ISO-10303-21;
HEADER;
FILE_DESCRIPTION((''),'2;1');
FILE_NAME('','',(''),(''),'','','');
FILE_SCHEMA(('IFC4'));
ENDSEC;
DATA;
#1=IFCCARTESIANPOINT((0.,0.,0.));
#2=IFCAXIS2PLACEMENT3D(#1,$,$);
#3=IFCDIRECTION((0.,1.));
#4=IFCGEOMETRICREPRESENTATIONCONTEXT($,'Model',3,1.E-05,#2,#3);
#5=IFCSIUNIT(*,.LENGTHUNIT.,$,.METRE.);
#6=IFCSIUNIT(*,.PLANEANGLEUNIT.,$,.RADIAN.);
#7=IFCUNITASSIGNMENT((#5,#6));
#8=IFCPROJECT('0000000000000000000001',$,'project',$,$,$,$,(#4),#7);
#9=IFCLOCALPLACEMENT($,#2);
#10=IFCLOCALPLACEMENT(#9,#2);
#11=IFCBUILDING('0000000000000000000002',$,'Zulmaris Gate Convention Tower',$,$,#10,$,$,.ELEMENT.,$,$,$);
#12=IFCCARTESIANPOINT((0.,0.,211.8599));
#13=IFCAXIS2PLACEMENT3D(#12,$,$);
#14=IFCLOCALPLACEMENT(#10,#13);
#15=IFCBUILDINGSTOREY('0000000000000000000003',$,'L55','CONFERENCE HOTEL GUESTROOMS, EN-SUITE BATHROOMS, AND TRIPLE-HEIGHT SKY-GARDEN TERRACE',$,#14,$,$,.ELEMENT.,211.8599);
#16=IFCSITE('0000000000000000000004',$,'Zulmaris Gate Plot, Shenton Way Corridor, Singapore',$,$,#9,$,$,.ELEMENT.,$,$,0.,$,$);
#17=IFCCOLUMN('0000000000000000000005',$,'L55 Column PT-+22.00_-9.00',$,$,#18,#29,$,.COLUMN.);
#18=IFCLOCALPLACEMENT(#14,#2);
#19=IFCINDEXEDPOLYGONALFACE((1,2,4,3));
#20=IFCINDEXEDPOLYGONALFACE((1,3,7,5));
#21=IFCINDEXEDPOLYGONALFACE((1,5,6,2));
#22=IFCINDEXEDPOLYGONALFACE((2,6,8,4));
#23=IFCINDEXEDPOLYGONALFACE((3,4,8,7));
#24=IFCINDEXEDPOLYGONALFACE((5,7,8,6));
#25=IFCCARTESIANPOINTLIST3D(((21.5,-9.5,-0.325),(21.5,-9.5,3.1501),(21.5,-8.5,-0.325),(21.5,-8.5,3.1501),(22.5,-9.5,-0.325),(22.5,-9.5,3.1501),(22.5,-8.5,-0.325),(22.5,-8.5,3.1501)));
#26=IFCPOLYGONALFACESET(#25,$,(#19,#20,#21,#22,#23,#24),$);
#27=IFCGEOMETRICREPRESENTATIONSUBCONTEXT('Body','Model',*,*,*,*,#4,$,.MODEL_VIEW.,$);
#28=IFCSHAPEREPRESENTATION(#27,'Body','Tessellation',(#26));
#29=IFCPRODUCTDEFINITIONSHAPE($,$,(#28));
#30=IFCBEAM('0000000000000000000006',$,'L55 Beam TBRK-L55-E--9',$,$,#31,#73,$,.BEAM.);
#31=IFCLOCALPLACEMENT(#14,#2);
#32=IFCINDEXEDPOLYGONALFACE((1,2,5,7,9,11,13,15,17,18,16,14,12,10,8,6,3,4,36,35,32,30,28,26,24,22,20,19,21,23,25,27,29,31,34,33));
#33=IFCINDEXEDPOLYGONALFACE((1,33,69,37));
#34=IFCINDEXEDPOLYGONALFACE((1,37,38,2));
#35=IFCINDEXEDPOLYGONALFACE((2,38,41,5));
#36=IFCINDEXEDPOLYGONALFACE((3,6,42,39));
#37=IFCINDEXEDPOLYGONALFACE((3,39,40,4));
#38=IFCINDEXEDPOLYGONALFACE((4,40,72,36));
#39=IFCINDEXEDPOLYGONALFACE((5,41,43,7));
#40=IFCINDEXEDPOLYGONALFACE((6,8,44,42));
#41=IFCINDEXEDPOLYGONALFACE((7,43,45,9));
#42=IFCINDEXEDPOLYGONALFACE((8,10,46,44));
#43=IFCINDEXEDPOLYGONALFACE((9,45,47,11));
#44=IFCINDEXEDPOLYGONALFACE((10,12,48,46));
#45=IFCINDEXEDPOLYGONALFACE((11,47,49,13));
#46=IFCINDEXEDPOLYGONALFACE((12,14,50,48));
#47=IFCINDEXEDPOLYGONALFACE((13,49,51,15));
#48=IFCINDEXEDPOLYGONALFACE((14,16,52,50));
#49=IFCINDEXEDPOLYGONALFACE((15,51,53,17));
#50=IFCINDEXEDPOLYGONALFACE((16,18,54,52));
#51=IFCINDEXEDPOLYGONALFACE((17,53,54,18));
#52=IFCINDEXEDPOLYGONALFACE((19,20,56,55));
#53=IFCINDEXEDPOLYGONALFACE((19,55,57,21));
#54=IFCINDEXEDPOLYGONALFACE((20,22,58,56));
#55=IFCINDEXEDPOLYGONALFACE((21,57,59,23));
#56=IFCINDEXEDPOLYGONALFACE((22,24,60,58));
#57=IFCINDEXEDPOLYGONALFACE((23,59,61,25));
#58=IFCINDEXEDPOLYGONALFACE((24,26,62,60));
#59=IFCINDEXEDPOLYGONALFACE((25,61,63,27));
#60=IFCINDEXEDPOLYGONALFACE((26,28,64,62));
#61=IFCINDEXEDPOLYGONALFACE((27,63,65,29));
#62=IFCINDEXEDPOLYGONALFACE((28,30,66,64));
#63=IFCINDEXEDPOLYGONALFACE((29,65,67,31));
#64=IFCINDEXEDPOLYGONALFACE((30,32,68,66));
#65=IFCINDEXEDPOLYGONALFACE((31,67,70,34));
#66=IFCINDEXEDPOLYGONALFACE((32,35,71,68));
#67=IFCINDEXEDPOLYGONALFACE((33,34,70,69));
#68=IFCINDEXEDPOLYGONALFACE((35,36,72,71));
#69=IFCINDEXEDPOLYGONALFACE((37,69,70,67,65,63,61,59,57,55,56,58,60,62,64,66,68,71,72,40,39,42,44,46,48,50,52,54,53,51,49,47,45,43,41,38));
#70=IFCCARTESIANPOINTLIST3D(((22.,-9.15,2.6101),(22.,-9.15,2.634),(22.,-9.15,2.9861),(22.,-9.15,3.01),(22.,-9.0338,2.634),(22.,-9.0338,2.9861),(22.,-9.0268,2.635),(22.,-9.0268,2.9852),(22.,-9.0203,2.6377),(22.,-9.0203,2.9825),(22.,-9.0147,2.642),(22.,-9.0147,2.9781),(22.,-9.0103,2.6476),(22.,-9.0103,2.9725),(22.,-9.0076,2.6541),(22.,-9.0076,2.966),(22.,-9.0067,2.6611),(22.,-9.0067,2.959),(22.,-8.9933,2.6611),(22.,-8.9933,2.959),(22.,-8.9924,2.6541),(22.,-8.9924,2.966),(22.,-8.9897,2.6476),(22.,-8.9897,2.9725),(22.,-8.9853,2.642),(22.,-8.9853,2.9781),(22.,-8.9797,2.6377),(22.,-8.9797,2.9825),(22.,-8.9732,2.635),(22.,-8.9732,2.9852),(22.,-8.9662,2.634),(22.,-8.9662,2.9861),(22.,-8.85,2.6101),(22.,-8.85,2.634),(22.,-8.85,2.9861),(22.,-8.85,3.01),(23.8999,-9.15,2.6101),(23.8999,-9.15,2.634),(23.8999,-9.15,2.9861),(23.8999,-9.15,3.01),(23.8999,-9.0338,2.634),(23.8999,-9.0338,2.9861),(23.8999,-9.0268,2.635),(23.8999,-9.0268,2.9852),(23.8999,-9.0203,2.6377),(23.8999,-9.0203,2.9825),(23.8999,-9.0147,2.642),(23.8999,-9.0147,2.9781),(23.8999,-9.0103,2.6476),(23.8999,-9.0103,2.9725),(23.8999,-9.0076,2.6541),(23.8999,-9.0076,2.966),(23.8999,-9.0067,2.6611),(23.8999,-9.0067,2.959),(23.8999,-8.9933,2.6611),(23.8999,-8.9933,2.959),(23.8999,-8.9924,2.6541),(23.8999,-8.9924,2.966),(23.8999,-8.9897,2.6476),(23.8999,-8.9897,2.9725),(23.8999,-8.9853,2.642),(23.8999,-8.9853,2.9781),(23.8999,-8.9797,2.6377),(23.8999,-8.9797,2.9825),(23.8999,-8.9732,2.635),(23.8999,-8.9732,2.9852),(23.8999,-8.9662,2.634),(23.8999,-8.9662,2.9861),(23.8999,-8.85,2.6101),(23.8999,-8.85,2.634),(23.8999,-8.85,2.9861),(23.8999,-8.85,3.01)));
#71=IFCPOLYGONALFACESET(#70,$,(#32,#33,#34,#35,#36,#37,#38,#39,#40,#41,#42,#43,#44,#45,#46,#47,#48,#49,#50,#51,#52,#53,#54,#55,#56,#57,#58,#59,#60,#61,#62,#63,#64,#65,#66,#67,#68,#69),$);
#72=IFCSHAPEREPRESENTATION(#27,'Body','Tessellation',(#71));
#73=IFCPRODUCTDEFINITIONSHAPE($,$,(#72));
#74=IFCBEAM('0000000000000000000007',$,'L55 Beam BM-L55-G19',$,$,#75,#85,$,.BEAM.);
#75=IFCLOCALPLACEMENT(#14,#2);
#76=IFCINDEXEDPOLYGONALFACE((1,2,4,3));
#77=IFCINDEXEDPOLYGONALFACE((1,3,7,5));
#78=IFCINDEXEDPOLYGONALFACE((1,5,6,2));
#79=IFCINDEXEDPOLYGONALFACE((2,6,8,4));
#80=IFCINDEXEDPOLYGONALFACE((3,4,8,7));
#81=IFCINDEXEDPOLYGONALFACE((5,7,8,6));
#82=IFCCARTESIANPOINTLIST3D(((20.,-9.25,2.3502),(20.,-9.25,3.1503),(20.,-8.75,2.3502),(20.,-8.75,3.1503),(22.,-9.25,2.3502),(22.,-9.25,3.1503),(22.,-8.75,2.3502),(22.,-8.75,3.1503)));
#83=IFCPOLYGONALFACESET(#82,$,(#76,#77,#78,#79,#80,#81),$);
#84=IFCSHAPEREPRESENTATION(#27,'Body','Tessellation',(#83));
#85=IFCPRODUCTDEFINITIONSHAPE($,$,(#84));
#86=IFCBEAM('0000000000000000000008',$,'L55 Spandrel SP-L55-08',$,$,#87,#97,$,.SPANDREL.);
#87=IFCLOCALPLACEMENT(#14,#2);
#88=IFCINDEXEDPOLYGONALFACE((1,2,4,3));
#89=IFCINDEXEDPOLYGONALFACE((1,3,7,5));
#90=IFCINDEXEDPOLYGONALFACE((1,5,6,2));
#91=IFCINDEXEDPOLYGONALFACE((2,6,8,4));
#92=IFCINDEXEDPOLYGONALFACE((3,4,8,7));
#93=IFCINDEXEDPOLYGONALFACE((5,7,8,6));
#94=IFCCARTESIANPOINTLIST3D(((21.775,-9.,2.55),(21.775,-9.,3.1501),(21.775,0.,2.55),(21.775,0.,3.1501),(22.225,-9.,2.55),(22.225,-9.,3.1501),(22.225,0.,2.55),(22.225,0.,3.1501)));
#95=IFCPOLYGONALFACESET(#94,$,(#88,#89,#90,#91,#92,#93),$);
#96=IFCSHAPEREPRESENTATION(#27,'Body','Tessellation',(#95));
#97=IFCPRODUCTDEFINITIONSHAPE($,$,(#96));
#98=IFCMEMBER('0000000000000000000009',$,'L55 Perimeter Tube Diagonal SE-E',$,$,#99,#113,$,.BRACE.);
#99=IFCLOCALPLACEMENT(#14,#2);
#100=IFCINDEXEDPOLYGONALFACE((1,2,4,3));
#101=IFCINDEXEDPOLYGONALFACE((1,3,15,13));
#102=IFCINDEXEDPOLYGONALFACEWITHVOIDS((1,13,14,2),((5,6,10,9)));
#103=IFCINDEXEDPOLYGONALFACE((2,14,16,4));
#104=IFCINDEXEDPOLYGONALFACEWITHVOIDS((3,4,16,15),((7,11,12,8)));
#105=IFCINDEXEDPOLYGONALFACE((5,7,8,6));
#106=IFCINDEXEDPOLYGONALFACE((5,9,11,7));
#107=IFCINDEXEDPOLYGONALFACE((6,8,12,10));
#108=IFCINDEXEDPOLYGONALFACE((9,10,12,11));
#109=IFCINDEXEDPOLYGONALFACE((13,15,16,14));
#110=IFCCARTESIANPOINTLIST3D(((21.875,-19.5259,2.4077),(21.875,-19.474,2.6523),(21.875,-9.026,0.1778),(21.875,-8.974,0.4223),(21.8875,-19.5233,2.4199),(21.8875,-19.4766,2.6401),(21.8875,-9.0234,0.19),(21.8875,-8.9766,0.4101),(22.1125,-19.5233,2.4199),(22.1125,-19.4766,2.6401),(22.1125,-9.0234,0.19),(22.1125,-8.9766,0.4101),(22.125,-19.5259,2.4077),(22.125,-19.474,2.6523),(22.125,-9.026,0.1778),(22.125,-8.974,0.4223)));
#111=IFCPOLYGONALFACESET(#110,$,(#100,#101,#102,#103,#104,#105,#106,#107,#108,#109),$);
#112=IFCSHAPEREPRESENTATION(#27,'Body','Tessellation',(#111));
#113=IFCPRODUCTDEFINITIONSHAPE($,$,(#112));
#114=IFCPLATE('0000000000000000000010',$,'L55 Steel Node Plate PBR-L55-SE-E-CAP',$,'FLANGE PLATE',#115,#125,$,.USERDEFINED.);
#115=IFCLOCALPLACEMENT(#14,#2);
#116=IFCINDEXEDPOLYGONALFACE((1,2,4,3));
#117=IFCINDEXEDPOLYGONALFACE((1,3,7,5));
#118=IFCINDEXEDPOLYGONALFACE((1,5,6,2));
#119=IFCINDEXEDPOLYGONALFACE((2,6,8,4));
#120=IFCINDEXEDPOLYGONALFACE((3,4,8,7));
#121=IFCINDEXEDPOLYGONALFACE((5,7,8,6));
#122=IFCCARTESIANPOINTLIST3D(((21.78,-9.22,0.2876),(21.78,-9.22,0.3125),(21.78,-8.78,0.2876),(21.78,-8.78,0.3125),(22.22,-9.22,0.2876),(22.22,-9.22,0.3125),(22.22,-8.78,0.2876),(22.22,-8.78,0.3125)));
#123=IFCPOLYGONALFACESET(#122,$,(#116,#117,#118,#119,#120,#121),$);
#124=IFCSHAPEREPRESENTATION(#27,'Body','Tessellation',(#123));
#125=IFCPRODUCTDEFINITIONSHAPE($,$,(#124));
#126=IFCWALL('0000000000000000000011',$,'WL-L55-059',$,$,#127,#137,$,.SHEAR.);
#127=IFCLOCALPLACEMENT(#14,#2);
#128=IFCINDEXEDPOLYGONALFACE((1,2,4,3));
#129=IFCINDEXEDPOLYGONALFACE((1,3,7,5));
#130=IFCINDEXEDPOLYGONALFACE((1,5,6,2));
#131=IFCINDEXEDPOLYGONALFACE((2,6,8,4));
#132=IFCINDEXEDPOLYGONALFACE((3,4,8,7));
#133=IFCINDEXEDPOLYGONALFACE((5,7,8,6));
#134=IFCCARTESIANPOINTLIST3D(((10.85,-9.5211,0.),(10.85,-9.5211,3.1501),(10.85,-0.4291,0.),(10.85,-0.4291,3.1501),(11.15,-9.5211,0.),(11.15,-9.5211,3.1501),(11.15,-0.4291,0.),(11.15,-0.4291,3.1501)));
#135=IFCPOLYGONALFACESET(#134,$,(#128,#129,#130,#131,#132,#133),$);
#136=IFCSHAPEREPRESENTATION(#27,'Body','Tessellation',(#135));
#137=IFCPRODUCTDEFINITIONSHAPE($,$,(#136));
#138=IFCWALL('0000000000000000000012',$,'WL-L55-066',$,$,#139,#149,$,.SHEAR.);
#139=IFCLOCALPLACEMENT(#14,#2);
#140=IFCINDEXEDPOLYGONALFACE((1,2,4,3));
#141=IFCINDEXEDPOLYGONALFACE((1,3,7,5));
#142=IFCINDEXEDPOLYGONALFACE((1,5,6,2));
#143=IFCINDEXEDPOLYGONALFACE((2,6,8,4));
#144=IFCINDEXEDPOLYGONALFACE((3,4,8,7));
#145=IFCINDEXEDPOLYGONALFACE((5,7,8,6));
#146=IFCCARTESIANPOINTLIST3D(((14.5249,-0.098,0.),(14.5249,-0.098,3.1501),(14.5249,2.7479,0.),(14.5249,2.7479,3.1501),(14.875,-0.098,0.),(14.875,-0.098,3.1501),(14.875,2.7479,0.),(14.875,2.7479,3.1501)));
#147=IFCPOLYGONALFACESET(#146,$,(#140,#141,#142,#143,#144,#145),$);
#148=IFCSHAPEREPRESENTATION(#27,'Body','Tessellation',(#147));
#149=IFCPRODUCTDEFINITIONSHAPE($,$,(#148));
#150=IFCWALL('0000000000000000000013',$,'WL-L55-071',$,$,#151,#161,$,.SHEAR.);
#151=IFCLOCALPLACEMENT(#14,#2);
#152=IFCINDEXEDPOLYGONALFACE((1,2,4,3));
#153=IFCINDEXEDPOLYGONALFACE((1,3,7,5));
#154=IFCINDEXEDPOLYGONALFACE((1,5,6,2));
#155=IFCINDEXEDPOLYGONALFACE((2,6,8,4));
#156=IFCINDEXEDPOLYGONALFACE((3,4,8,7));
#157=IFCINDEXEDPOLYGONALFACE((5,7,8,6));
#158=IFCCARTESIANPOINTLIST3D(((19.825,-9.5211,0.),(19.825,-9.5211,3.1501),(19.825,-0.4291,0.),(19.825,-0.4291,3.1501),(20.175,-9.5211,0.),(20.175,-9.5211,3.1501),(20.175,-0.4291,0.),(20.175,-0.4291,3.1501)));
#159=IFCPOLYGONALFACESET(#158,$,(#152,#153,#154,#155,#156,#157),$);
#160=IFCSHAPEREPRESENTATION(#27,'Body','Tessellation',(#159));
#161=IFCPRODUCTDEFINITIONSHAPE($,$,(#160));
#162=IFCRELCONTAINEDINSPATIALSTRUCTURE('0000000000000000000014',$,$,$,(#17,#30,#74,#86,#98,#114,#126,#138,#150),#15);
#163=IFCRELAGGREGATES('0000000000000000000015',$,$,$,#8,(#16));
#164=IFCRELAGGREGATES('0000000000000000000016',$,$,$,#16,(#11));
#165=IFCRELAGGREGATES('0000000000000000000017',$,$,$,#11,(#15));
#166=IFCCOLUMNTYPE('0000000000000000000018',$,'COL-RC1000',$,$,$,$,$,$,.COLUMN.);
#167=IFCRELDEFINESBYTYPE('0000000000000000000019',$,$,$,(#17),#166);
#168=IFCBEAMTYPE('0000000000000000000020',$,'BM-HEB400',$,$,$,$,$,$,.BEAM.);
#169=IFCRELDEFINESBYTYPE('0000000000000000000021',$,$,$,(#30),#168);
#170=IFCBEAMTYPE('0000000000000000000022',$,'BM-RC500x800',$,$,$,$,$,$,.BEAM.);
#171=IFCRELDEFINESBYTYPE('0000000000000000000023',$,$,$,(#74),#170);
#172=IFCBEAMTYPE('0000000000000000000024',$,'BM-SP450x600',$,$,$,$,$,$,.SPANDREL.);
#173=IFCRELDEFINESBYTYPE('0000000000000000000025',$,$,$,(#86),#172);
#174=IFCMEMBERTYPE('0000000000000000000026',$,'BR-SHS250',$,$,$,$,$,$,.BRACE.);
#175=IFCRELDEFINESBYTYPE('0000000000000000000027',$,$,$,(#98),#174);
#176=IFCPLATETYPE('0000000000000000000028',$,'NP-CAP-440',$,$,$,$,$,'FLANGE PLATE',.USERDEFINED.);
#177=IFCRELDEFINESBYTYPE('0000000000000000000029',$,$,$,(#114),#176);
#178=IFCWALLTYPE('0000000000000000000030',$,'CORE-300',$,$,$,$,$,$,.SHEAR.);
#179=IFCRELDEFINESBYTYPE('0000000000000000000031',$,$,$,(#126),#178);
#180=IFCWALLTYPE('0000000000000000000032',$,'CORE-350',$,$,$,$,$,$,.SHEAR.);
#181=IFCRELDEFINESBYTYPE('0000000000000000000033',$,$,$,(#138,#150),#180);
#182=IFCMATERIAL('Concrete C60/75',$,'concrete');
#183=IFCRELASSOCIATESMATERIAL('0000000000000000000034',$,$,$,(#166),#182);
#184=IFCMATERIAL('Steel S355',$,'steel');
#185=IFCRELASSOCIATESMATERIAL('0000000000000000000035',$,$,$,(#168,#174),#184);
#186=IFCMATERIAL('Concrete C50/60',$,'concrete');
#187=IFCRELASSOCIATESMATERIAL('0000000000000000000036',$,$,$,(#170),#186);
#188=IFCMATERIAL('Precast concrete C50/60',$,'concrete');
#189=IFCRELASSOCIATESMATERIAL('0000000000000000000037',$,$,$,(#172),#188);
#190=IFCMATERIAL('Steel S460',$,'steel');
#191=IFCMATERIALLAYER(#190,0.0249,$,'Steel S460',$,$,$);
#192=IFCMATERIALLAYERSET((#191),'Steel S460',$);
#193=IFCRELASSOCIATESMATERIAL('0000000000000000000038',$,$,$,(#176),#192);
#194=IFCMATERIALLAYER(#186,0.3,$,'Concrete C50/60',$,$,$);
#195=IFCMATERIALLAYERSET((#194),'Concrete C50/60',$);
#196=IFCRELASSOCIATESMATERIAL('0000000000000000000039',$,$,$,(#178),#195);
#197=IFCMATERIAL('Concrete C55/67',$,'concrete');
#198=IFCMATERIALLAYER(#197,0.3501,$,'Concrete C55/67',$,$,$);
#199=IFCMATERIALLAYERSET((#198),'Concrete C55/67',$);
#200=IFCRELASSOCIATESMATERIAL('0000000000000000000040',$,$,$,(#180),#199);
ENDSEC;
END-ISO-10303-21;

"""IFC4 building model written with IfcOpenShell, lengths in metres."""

from ifc_helpers import new_model, si_unit, direction, frame, frame_2d, origin, origin_2d, place, context, subcontext, project, spatial, rectangle, hollow_rectangle, i_section, extrude, material, layer, layer_set, material_profile, profile_set, type_object, element, save


model = new_model("IFC4")

# Units and contexts
model_context = context("Model", 3, precision=1e-05, world=origin(), true_north=direction((0.0, 1.0)))
body_context = subcontext(model_context, "Body", "Model", "MODEL_VIEW")
ifc_project = project(units=[si_unit("LENGTHUNIT", "METRE"), si_unit("PLANEANGLEUNIT", "RADIAN")], contexts=[model_context])

# Site, building, storey
site_placement = place(None, origin())
site = spatial("IfcSite", under=ifc_project, at=site_placement, Name="Zulmaris Gate Plot, Shenton Way Corridor, Singapore", CompositionType="ELEMENT", RefElevation=0.0)
building_placement = place(site_placement, origin())
building = spatial("IfcBuilding", under=site, at=building_placement, Name="Zulmaris Gate Convention Tower", CompositionType="ELEMENT")
storey_placement = place(building_placement, frame((0.0, 0.0, 211.8599)))
storey = spatial("IfcBuildingStorey", under=building, at=storey_placement, Name="L55", Description="CONFERENCE HOTEL GUESTROOMS, EN-SUITE BATHROOMS, AND TRIPLE-HEIGHT SKY-GARDEN TERRACE", CompositionType="ELEMENT", Elevation=211.8599)

# Column
ifc_material_1 = material(Name="Concrete C60/75", Category="concrete")
ifc_material_profile_1 = material_profile(ifc_material_1, rectangle(XDim=1.0, YDim=1.0, at=origin_2d()), Name="RC COL 1000x1000")
ifc_profile_set_1 = profile_set([ifc_material_profile_1], Name="Concrete C60/75")
column_type = type_object("IfcColumnType", Name="COL-RC1000", PredefinedType="COLUMN", material=ifc_profile_set_1)
column_placement = place(storey_placement, frame((22.0, -9.0, -0.325), z_axis=(0.0, 0.0, 1.0), x_axis=(1.0, 0.0, 0.0)))
element("IfcColumn", 1, at=column_placement, inside=storey, type_object=column_type, Name="L55 Column PT-+22.00_-9.00", PredefinedType="COLUMN", context=body_context, shape_type="SweptSolid", body=[
    extrude(rectangle(XDim=1.0, YDim=1.0, at=origin_2d()), origin(), (0.0, 0.0, 1.0), 3.4751),
])

# Beams
ifc_material_2 = material(Name="Steel S355", Category="steel")
ifc_material_profile_2 = material_profile(ifc_material_2, i_section(OverallWidth=0.3, OverallDepth=0.3999, WebThickness=0.0134, FlangeThickness=0.0239, FilletRadius=0.0271, at=origin_2d()), Name="HEB 400")
ifc_profile_set_2 = profile_set([ifc_material_profile_2], Name="Steel S355")
beam_type_1 = type_object("IfcBeamType", Name="BM-HEB400", PredefinedType="BEAM", material=ifc_profile_set_2)
beam_1_placement = place(storey_placement, frame((22.0, -9.0, 2.8101), z_axis=(1.0, 0.0, 0.0), x_axis=(0.0, 1.0, 0.0)))
element("IfcBeam", 2, at=beam_1_placement, inside=storey, type_object=beam_type_1, Name="L55 Beam TBRK-L55-E--9", PredefinedType="BEAM", context=body_context, shape_type="SweptSolid", body=[
    extrude(i_section(OverallWidth=0.3, OverallDepth=0.3999, WebThickness=0.0134, FlangeThickness=0.0239, FilletRadius=0.0271, at=origin_2d()), origin(), (0.0, 0.0, 1.0), 1.8999),
])
ifc_material_3 = material(Name="Concrete C50/60", Category="concrete")
ifc_material_profile_3 = material_profile(ifc_material_3, rectangle(XDim=0.5, YDim=0.8, at=origin_2d()), Name="RC BEAM 500x800")
ifc_profile_set_3 = profile_set([ifc_material_profile_3], Name="Concrete C50/60")
beam_type_2 = type_object("IfcBeamType", Name="BM-RC500x800", PredefinedType="BEAM", material=ifc_profile_set_3)
beam_2_placement = place(storey_placement, frame((20.0, -9.0, 2.7502), z_axis=(1.0, 0.0, 0.0), x_axis=(0.0, 1.0, 0.0)))
element("IfcBeam", 3, at=beam_2_placement, inside=storey, type_object=beam_type_2, Name="L55 Beam BM-L55-G19", PredefinedType="BEAM", context=body_context, shape_type="SweptSolid", body=[
    extrude(rectangle(XDim=0.5, YDim=0.8, at=origin_2d()), origin(), (0.0, 0.0, 1.0), 2.0),
])
ifc_material_4 = material(Name="Precast concrete C50/60", Category="concrete")
ifc_material_profile_4 = material_profile(ifc_material_4, rectangle(XDim=0.45, YDim=0.6001, at=origin_2d()), Name="RC SPANDREL 450x600")
ifc_profile_set_4 = profile_set([ifc_material_profile_4], Name="Precast concrete C50/60")
beam_type_3 = type_object("IfcBeamType", Name="BM-SP450x600", PredefinedType="SPANDREL", material=ifc_profile_set_4)
beam_3_placement = place(storey_placement, frame((22.0, -9.0, 2.8501), z_axis=(0.0, 1.0, 0.0), x_axis=(-1.0, 0.0, 0.0)))
element("IfcBeam", 4, at=beam_3_placement, inside=storey, type_object=beam_type_3, Name="L55 Spandrel SP-L55-08", PredefinedType="SPANDREL", context=body_context, shape_type="SweptSolid", body=[
    extrude(rectangle(XDim=0.45, YDim=0.6001, at=origin_2d()), origin(), (0.0, 0.0, 1.0), 9.0),
])

# Member
ifc_material_profile_5 = material_profile(ifc_material_2, hollow_rectangle(XDim=0.25, YDim=0.25, WallThickness=0.0125, at=origin_2d()), Name="SHS 250x250x12.5")
ifc_profile_set_5 = profile_set([ifc_material_profile_5], Name="Steel S355")
member_type = type_object("IfcMemberType", Name="BR-SHS250", PredefinedType="BRACE", material=ifc_profile_set_5)
member_placement = place(storey_placement, frame((22.0, -9.0, 0.3), z_axis=(0.0, -0.978183, 0.207746), x_axis=(1.0, 0.0, 0.0)))
element("IfcMember", 5, at=member_placement, inside=storey, type_object=member_type, Name="L55 Perimeter Tube Diagonal SE-E", PredefinedType="BRACE", context=body_context, shape_type="SweptSolid", body=[
    extrude(hollow_rectangle(XDim=0.25, YDim=0.25, WallThickness=0.0125, at=origin_2d()), origin(), (0.0, 0.0, 1.0), 10.7341),
])

# Plate
ifc_material_5 = material(Name="Steel S460", Category="steel")
ifc_layer_1 = layer(ifc_material_5, 0.0249, Name="Steel S460")
ifc_layer_set_1 = layer_set([ifc_layer_1], Name="Steel S460")
plate_type = type_object("IfcPlateType", Name="NP-CAP-440", ElementType="FLANGE PLATE", PredefinedType="USERDEFINED", material=ifc_layer_set_1)
plate_placement = place(storey_placement, frame((22.0, -9.0, 0.2876), z_axis=(0.0, 0.0, 1.0), x_axis=(1.0, 0.0, 0.0)))
element("IfcPlate", 6, at=plate_placement, inside=storey, type_object=plate_type, Name="L55 Steel Node Plate PBR-L55-SE-E-CAP", ObjectType="FLANGE PLATE", PredefinedType="USERDEFINED", context=body_context, shape_type="SweptSolid", body=[
    extrude(rectangle(XDim=0.4399, YDim=0.4399, at=origin_2d()), origin(), (0.0, 0.0, 1.0), 0.0249),
])

# Shared definitions
ifc_layer_2 = layer(ifc_material_3, 0.3, Name="Concrete C50/60")
ifc_layer_set_2 = layer_set([ifc_layer_2], Name="Concrete C50/60")
wall_type_1 = type_object("IfcWallType", Name="CORE-300", PredefinedType="SHEAR", material=ifc_layer_set_2)

# Walls
wall_1_placement = place(storey_placement, frame((11.0, -9.521, 0.0), z_axis=(0.0, 0.0, 1.0), x_axis=(0.0, 1.0, 0.0)))
element("IfcWall", 7, at=wall_1_placement, inside=storey, type_object=wall_type_1, Name="WL-L55-059", PredefinedType="SHEAR", context=body_context, shape_type="SweptSolid", body=[
    extrude(rectangle(XDim=9.092, YDim=0.3, at=frame_2d((4.5459, 0.0))), origin(), (0.0, 0.0, 1.0), 3.1501),
])
ifc_material_6 = material(Name="Concrete C55/67", Category="concrete")
ifc_layer_3 = layer(ifc_material_6, 0.3501, Name="Concrete C55/67")
ifc_layer_set_3 = layer_set([ifc_layer_3], Name="Concrete C55/67")
wall_type_2 = type_object("IfcWallType", Name="CORE-350", PredefinedType="SHEAR", material=ifc_layer_set_3)
wall_2_placement = place(storey_placement, frame((14.7, -0.0979, 0.0), z_axis=(0.0, 0.0, 1.0), x_axis=(0.0, 1.0, 0.0)))
element("IfcWall", 8, at=wall_2_placement, inside=storey, type_object=wall_type_2, Name="WL-L55-066", PredefinedType="SHEAR", context=body_context, shape_type="SweptSolid", body=[
    extrude(rectangle(XDim=2.8459, YDim=0.3501, at=frame_2d((1.4229, 0.0))), origin(), (0.0, 0.0, 1.0), 3.1501),
])
wall_3_placement = place(storey_placement, frame((20.0, -9.521, 0.0), z_axis=(0.0, 0.0, 1.0), x_axis=(0.0, 1.0, 0.0)))
element("IfcWall", 9, at=wall_3_placement, inside=storey, type_object=wall_type_2, Name="WL-L55-071", PredefinedType="SHEAR", context=body_context, shape_type="SweptSolid", body=[
    extrude(rectangle(XDim=9.092, YDim=0.3501, at=frame_2d((4.5459, 0.0))), origin(), (0.0, 0.0, 1.0), 3.1501),
])

save(model, "model.ifc")
